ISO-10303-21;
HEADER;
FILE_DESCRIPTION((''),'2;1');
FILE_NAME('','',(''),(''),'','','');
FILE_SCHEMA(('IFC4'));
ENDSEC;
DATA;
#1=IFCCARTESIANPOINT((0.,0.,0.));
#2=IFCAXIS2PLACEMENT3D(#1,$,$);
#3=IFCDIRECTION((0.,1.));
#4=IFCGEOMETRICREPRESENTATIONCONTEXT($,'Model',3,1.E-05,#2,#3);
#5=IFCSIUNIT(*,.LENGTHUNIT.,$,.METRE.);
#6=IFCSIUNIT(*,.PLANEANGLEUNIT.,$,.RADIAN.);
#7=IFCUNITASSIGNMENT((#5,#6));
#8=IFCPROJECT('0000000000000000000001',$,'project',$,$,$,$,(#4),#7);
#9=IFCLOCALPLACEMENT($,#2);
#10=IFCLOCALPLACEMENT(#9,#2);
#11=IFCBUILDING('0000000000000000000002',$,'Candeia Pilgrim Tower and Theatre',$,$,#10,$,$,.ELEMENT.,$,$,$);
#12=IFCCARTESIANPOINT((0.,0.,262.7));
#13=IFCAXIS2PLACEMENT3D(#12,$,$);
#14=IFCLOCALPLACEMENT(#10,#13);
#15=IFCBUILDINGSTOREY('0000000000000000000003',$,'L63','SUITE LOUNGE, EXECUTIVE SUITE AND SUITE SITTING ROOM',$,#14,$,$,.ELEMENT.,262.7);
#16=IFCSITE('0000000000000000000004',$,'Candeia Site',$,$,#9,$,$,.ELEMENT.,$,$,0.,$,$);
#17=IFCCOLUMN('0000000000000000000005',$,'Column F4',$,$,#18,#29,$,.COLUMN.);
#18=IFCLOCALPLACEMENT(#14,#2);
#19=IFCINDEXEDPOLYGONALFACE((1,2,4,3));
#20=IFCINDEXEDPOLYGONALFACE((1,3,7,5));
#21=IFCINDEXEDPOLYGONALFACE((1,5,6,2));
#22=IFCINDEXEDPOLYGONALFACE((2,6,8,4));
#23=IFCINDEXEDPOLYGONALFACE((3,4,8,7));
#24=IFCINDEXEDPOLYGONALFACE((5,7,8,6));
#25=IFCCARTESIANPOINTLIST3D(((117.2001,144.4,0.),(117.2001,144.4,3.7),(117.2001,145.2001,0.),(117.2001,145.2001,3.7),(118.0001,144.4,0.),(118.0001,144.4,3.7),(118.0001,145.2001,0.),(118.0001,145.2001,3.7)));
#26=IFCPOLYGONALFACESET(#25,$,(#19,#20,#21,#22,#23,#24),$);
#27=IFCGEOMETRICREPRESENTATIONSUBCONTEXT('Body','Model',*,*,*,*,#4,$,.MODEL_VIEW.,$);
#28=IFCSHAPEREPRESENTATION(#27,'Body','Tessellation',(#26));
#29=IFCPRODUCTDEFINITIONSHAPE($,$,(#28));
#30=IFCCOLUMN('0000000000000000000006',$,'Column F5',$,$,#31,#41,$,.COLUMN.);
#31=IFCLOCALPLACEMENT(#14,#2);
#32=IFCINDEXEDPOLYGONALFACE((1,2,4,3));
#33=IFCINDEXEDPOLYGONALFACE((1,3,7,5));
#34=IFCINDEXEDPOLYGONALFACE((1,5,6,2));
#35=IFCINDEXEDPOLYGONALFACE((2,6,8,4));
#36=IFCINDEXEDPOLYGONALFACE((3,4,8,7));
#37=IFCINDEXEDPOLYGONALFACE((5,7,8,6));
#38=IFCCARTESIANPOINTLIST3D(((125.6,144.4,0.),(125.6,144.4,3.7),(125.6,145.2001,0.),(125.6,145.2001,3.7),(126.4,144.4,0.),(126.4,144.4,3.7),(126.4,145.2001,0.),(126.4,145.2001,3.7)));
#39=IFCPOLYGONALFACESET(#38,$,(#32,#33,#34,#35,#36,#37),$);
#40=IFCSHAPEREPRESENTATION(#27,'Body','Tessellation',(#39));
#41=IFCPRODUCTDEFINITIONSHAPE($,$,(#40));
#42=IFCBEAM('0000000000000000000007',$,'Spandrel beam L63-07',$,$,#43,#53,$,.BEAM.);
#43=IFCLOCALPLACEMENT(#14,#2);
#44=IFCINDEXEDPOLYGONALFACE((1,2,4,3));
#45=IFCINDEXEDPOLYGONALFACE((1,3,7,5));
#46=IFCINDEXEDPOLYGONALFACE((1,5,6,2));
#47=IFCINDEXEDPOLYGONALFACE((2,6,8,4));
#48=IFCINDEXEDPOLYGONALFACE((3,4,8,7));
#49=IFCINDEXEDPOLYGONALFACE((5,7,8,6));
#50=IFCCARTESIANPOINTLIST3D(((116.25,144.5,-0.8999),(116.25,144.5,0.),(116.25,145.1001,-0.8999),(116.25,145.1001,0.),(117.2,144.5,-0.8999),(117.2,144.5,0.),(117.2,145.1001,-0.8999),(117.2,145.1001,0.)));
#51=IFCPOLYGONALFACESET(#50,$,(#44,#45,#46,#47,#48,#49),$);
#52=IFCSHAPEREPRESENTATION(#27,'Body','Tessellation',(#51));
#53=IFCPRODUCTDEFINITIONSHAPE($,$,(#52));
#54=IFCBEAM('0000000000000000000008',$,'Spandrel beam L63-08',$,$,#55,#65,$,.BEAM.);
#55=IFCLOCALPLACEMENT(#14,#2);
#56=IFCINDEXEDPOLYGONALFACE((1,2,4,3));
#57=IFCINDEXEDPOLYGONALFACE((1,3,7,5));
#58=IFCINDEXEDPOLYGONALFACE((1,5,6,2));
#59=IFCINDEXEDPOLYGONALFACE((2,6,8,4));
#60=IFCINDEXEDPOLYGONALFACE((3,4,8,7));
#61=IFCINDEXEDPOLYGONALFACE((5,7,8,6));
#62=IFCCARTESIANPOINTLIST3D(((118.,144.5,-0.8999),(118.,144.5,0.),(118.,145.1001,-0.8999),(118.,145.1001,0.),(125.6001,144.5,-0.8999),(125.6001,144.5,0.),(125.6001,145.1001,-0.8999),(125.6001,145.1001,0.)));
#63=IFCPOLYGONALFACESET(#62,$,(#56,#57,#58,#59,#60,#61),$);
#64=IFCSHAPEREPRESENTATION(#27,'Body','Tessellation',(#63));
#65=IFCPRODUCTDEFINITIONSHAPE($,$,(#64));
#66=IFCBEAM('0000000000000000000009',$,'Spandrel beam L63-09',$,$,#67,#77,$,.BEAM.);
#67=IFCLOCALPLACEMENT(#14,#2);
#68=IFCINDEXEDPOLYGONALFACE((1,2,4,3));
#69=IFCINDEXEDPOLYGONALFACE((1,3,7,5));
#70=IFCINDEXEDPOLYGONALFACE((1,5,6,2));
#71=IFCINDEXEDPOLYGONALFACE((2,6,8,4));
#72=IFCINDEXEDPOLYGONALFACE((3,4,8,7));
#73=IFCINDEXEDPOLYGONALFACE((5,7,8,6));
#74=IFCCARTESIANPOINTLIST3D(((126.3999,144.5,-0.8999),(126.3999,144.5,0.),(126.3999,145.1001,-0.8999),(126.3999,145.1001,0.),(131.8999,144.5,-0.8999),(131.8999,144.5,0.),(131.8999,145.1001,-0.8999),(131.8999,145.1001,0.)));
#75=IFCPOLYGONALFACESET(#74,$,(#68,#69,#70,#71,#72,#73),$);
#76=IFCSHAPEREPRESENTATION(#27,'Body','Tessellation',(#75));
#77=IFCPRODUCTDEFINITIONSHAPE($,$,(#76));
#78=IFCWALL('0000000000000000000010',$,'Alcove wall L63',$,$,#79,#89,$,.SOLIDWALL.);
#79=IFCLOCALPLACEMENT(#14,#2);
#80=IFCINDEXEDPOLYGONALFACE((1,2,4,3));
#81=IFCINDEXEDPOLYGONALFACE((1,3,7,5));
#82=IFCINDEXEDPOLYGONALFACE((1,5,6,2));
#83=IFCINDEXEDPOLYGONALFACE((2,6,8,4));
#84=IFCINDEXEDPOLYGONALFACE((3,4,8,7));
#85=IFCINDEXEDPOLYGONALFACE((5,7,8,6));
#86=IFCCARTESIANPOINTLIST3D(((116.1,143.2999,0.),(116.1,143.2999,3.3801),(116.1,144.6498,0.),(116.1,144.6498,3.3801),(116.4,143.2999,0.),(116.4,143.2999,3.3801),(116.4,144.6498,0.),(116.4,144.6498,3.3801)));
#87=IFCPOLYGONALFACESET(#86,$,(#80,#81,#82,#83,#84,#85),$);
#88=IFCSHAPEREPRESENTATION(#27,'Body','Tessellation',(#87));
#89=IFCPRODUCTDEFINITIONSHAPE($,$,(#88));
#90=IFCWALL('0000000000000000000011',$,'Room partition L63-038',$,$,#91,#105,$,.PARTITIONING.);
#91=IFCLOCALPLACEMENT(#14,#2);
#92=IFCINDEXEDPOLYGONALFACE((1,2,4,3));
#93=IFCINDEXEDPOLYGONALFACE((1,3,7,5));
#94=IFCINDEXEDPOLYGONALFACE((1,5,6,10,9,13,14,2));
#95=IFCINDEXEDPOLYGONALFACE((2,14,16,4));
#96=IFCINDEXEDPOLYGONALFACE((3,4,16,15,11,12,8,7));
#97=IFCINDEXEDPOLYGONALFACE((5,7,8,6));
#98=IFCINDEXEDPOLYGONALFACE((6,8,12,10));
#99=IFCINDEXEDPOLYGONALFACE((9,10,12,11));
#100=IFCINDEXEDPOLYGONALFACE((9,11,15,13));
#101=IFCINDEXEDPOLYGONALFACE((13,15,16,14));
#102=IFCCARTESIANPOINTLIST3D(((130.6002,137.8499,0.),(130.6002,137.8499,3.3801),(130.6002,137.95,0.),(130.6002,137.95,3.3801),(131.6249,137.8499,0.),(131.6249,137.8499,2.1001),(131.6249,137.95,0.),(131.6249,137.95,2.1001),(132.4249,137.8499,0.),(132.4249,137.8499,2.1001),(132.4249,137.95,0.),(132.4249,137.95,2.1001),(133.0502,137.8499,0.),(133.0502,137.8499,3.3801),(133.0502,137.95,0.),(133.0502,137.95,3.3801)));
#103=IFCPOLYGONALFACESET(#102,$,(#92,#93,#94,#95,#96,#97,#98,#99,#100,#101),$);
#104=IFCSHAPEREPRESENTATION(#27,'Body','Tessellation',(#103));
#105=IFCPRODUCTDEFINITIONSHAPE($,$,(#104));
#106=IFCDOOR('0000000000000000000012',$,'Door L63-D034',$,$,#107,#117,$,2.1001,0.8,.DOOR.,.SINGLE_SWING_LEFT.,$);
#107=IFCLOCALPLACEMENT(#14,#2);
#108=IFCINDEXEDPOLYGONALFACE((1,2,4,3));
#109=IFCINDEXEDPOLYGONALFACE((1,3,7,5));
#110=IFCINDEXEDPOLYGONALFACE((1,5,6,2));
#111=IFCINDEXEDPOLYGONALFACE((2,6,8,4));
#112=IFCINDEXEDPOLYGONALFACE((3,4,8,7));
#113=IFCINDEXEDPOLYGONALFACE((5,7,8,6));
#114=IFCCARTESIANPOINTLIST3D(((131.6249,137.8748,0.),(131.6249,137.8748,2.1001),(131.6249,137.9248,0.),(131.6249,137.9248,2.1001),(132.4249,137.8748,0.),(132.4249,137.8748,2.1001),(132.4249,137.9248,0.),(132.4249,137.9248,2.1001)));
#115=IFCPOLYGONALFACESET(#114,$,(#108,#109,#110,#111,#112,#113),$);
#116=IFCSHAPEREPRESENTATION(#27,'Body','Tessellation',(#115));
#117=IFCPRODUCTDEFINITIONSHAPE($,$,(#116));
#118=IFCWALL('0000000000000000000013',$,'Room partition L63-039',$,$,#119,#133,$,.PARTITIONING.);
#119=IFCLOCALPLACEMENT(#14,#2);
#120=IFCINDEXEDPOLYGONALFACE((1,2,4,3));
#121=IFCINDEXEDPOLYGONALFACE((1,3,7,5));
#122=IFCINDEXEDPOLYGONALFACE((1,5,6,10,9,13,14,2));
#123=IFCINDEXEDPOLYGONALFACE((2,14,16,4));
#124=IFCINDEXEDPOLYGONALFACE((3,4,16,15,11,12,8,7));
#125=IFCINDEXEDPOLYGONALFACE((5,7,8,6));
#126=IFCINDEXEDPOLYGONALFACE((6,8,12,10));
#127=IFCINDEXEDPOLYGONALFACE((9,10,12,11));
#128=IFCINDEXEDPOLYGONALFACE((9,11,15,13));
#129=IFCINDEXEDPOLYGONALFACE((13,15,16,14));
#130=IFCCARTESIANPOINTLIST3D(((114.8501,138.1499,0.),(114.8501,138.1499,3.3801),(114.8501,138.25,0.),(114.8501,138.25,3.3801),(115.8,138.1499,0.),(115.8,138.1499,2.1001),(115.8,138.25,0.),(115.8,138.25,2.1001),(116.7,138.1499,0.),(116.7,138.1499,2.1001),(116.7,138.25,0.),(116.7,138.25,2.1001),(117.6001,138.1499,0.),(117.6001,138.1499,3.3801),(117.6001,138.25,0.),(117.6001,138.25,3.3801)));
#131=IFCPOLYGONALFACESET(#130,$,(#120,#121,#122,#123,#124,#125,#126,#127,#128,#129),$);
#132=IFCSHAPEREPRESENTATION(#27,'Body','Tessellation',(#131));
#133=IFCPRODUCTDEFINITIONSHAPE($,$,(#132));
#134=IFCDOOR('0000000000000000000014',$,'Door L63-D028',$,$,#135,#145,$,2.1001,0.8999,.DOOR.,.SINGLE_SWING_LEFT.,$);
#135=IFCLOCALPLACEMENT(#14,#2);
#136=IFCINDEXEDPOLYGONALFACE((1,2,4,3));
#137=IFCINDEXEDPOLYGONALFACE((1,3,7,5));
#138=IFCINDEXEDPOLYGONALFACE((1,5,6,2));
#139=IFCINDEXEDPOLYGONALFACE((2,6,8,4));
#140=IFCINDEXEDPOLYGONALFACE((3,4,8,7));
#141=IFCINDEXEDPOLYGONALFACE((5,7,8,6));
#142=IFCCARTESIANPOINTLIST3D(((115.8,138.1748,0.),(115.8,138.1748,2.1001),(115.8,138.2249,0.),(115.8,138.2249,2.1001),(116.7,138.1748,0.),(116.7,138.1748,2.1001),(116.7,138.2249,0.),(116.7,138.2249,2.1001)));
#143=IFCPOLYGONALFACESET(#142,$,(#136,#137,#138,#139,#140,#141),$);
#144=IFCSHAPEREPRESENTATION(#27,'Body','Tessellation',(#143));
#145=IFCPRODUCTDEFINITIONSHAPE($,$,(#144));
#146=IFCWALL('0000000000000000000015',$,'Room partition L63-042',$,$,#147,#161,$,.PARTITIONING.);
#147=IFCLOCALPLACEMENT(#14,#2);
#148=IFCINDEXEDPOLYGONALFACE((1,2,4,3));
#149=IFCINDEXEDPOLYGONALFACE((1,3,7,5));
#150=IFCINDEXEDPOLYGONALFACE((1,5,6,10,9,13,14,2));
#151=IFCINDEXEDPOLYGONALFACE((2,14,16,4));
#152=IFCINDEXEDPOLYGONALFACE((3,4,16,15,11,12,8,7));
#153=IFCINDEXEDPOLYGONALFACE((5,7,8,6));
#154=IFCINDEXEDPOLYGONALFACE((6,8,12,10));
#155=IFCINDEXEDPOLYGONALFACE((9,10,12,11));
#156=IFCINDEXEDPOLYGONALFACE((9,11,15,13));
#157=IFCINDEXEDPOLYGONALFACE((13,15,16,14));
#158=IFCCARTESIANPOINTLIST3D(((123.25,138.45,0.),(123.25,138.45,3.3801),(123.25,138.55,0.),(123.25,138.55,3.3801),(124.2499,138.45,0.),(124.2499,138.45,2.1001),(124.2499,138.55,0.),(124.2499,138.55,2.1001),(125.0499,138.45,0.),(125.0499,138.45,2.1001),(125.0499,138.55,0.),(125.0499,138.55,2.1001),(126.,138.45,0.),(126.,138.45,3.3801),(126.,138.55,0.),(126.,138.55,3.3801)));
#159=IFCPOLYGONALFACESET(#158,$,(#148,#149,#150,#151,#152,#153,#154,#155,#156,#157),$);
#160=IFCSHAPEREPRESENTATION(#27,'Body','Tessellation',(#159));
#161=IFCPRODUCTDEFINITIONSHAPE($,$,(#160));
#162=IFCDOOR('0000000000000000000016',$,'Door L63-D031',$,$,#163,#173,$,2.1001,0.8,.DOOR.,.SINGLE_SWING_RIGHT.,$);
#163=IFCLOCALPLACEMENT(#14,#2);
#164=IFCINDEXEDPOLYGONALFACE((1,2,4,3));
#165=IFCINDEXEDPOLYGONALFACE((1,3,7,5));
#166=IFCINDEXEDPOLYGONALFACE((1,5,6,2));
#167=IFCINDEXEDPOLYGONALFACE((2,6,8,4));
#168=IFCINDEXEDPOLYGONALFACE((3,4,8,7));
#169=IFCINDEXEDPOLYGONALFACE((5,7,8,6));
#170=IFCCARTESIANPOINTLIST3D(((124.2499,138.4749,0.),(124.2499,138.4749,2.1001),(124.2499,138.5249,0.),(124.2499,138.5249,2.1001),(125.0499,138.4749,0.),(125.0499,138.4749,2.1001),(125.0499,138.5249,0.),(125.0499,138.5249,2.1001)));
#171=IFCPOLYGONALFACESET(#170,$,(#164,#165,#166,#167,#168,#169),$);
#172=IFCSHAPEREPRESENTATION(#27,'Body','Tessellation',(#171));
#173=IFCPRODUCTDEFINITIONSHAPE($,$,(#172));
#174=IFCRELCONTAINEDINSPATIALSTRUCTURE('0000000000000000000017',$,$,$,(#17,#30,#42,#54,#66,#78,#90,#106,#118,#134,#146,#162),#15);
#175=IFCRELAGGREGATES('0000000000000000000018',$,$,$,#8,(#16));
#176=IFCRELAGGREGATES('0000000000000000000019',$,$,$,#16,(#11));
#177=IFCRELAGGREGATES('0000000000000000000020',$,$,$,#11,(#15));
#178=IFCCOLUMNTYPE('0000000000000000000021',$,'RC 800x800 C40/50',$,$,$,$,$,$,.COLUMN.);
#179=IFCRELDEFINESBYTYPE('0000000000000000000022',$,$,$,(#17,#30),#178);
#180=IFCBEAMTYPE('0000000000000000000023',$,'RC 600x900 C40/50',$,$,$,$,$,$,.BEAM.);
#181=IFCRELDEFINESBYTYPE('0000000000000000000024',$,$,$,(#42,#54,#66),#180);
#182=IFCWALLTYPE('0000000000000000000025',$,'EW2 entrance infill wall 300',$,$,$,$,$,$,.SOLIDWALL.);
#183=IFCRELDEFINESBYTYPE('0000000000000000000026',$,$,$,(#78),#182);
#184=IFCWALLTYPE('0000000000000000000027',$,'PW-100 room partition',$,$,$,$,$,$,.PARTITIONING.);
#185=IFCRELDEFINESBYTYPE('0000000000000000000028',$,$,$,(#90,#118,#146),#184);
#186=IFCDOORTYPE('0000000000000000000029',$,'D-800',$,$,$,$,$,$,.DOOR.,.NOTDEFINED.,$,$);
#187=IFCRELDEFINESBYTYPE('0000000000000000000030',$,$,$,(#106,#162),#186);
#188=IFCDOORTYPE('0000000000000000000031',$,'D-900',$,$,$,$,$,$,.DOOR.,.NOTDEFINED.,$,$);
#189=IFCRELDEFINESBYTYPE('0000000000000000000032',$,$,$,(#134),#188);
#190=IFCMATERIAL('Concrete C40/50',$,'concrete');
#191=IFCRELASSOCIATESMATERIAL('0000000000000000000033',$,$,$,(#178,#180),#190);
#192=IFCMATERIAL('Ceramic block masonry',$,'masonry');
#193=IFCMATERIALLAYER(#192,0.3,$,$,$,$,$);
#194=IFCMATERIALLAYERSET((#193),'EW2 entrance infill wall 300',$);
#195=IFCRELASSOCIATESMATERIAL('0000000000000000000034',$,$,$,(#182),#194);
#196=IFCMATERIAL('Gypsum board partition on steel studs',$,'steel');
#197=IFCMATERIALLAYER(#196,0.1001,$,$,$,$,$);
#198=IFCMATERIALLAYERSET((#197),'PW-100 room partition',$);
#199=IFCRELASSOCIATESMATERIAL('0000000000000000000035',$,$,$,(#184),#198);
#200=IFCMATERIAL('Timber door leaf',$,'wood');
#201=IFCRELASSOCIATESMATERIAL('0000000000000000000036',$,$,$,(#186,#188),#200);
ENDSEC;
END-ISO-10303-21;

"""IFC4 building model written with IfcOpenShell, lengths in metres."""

from ifc_helpers import new_model, si_unit, direction, frame, frame_2d, origin, origin_2d, place, context, subcontext, project, spatial, rectangle, extrude, material, layer, layer_set, material_profile, profile_set, type_object, element, fill, save


model = new_model("IFC4")

# Units and contexts
model_context = context("Model", 3, precision=1e-05, world=origin(), true_north=direction((0.0, 1.0)))
body_context = subcontext(model_context, "Body", "Model", "MODEL_VIEW")
ifc_project = project(units=[si_unit("LENGTHUNIT", "METRE"), si_unit("PLANEANGLEUNIT", "RADIAN")], contexts=[model_context])

# Site, building, storey
site_placement = place(None, origin())
site = spatial("IfcSite", under=ifc_project, at=site_placement, Name="Candeia Site", CompositionType="ELEMENT", RefElevation=0.0)
building_placement = place(site_placement, origin())
building = spatial("IfcBuilding", under=site, at=building_placement, Name="Candeia Pilgrim Tower and Theatre", CompositionType="ELEMENT")
storey_placement = place(building_placement, frame((0.0, 0.0, 262.7)))
storey = spatial("IfcBuildingStorey", under=building, at=storey_placement, Name="L63", Description="SUITE LOUNGE, EXECUTIVE SUITE AND SUITE SITTING ROOM", CompositionType="ELEMENT", Elevation=262.7)

# Columns
ifc_material_1 = material(Name="Concrete C40/50", Category="concrete")
ifc_material_profile_1 = material_profile(ifc_material_1, rectangle(XDim=0.8, YDim=0.8, at=origin_2d()))
ifc_profile_set_1 = profile_set([ifc_material_profile_1], Name="Concrete C40/50")
column_type = type_object("IfcColumnType", Name="RC 800x800 C40/50", PredefinedType="COLUMN", material=ifc_profile_set_1)
for number, where, z_axis, x_axis, name in (
    (1, (117.6001, 144.8, 0.0), (0.0, 0.0, 1.0), (1.0, 0.0, 0.0), "Column F4"),
    (2, (126.0, 144.8, 0.0), (0.0, 0.0, 1.0), (1.0, 0.0, 0.0), "Column F5"),
):
    element("IfcColumn", number, at=place(storey_placement, frame(where, z_axis=z_axis, x_axis=x_axis)), inside=storey, type_object=column_type, Name=name, PredefinedType="COLUMN", context=body_context, shape_type="SweptSolid", body=[
        extrude(rectangle(XDim=0.8, YDim=0.8, at=origin_2d()), origin(), (0.0, 0.0, 1.0), 3.7),
    ])

# Beams
ifc_material_profile_2 = material_profile(ifc_material_1, rectangle(XDim=0.6001, YDim=0.8999, at=origin_2d()))
ifc_profile_set_2 = profile_set([ifc_material_profile_2], Name="Concrete C40/50")
beam_type = type_object("IfcBeamType", Name="RC 600x900 C40/50", PredefinedType="BEAM", material=ifc_profile_set_2)
beam_1_placement = place(storey_placement, frame((116.25, 144.8, -0.45), z_axis=(1.0, 0.0, 0.0), x_axis=(0.0, 1.0, 0.0)))
element("IfcBeam", 3, at=beam_1_placement, inside=storey, type_object=beam_type, Name="Spandrel beam L63-07", PredefinedType="BEAM", context=body_context, shape_type="SweptSolid", body=[
    extrude(rectangle(XDim=0.6001, YDim=0.8999, at=origin_2d()), origin(), (0.0, 0.0, 1.0), 0.95),
])
beam_2_placement = place(storey_placement, frame((118.0, 144.8, -0.45), z_axis=(1.0, 0.0, 0.0), x_axis=(0.0, 1.0, 0.0)))
element("IfcBeam", 4, at=beam_2_placement, inside=storey, type_object=beam_type, Name="Spandrel beam L63-08", PredefinedType="BEAM", context=body_context, shape_type="SweptSolid", body=[
    extrude(rectangle(XDim=0.6001, YDim=0.8999, at=origin_2d()), origin(), (0.0, 0.0, 1.0), 7.6001),
])
beam_3_placement = place(storey_placement, frame((126.3999, 144.8, -0.45), z_axis=(1.0, 0.0, 0.0), x_axis=(0.0, 1.0, 0.0)))
element("IfcBeam", 5, at=beam_3_placement, inside=storey, type_object=beam_type, Name="Spandrel beam L63-09", PredefinedType="BEAM", context=body_context, shape_type="SweptSolid", body=[
    extrude(rectangle(XDim=0.6001, YDim=0.8999, at=origin_2d()), origin(), (0.0, 0.0, 1.0), 5.5),
])

# Wall
ifc_material_2 = material(Name="Ceramic block masonry", Category="masonry")
ifc_layer_1 = layer(ifc_material_2, 0.3)
ifc_layer_set_1 = layer_set([ifc_layer_1], Name="EW2 entrance infill wall 300")
wall_type_1 = type_object("IfcWallType", Name="EW2 entrance infill wall 300", PredefinedType="SOLIDWALL", material=ifc_layer_set_1)
wall_1_placement = place(storey_placement, frame((116.25, 143.3, 0.0), z_axis=(0.0, 0.0, 1.0), x_axis=(0.0, 1.0, 0.0)))
element("IfcWall", 6, at=wall_1_placement, inside=storey, type_object=wall_type_1, Name="Alcove wall L63", PredefinedType="SOLIDWALL", context=body_context, shape_type="SweptSolid", body=[
    extrude(rectangle(XDim=1.3499, YDim=0.3, at=frame_2d((0.6748, 0.0))), origin(), (0.0, 0.0, 1.0), 3.3801),
])

# Walls, openings, doors
ifc_material_3 = material(Name="Gypsum board partition on steel studs", Category="steel")
ifc_layer_2 = layer(ifc_material_3, 0.1001)
ifc_layer_set_2 = layer_set([ifc_layer_2], Name="PW-100 room partition")
wall_type_2 = type_object("IfcWallType", Name="PW-100 room partition", PredefinedType="PARTITIONING", material=ifc_layer_set_2)
wall_2_placement = place(storey_placement, frame((130.6001, 137.8999, 0.0), z_axis=(0.0, 0.0, 1.0), x_axis=(1.0, 0.0, 0.0)))
wall_2 = element("IfcWall", 7, at=wall_2_placement, inside=storey, type_object=wall_type_2, Name="Room partition L63-038", PredefinedType="PARTITIONING", context=body_context, shape_type="SweptSolid", body=[
    extrude(rectangle(XDim=2.45, YDim=0.1001, at=frame_2d((1.2251, 0.0))), origin(), (0.0, 0.0, 1.0), 3.3801),
])
opening_1_placement = place(wall_2_placement, frame((1.0249, 0.0, 0.0)))
opening_1 = element("IfcOpeningElement", 8, at=opening_1_placement, cuts=wall_2, PredefinedType="OPENING", context=body_context, shape_type="SweptSolid", body=[
    extrude(rectangle(XDim=0.8, YDim=2.1001, at=frame_2d((0.3999, 1.05))), frame((0.0, 0.0601, 0.0), z_axis=(0.0, -1.0, 0.0), x_axis=(1.0, 0.0, 0.0)), (0.0, 0.0, 1.0), 0.1201),
])
ifc_material_4 = material(Name="Timber door leaf", Category="wood")
door_type_1 = type_object("IfcDoorType", Name="D-800", OperationType="NOTDEFINED", PredefinedType="DOOR", material=ifc_material_4)
door_1_placement = place(opening_1_placement, origin())
door_1 = element("IfcDoor", 9, at=door_1_placement, inside=storey, type_object=door_type_1, Name="Door L63-D034", OperationType="SINGLE_SWING_LEFT", OverallHeight=2.1001, OverallWidth=0.8, PredefinedType="DOOR", context=body_context, shape_type="SweptSolid", body=[
    extrude(rectangle(XDim=0.8, YDim=2.1001, at=frame_2d((0.3999, 1.05))), frame((0.0, 0.0249, 0.0), z_axis=(0.0, -1.0, 0.0), x_axis=(1.0, 0.0, 0.0)), (0.0, 0.0, 1.0), 0.05),
])
fill(opening_1, door_1)
wall_3_placement = place(storey_placement, frame((114.8501, 138.2, 0.0), z_axis=(0.0, 0.0, 1.0), x_axis=(1.0, 0.0, 0.0)))
wall_3 = element("IfcWall", 10, at=wall_3_placement, inside=storey, type_object=wall_type_2, Name="Room partition L63-039", PredefinedType="PARTITIONING", context=body_context, shape_type="SweptSolid", body=[
    extrude(rectangle(XDim=2.75, YDim=0.1001, at=frame_2d((1.375, 0.0))), origin(), (0.0, 0.0, 1.0), 3.3801),
])
opening_2_placement = place(wall_3_placement, frame((0.95, 0.0, 0.0)))
opening_2 = element("IfcOpeningElement", 11, at=opening_2_placement, cuts=wall_3, PredefinedType="OPENING", context=body_context, shape_type="SweptSolid", body=[
    extrude(rectangle(XDim=0.8999, YDim=2.1001, at=frame_2d((0.45, 1.05))), frame((0.0, 0.0601, 0.0), z_axis=(0.0, -1.0, 0.0), x_axis=(1.0, 0.0, 0.0)), (0.0, 0.0, 1.0), 0.1201),
])
door_type_2 = type_object("IfcDoorType", Name="D-900", OperationType="NOTDEFINED", PredefinedType="DOOR", material=ifc_material_4)
door_2_placement = place(opening_2_placement, origin())
door_2 = element("IfcDoor", 12, at=door_2_placement, inside=storey, type_object=door_type_2, Name="Door L63-D028", OperationType="SINGLE_SWING_LEFT", OverallHeight=2.1001, OverallWidth=0.8999, PredefinedType="DOOR", context=body_context, shape_type="SweptSolid", body=[
    extrude(rectangle(XDim=0.8999, YDim=2.1001, at=frame_2d((0.45, 1.05))), frame((0.0, 0.0249, 0.0), z_axis=(0.0, -1.0, 0.0), x_axis=(1.0, 0.0, 0.0)), (0.0, 0.0, 1.0), 0.05),
])
fill(opening_2, door_2)
wall_4_placement = place(storey_placement, frame((123.25, 138.5, 0.0), z_axis=(0.0, 0.0, 1.0), x_axis=(1.0, 0.0, 0.0)))
wall_4 = element("IfcWall", 13, at=wall_4_placement, inside=storey, type_object=wall_type_2, Name="Room partition L63-042", PredefinedType="PARTITIONING", context=body_context, shape_type="SweptSolid", body=[
    extrude(rectangle(XDim=2.75, YDim=0.1001, at=frame_2d((1.375, 0.0))), origin(), (0.0, 0.0, 1.0), 3.3801),
])
opening_3_placement = place(wall_4_placement, frame((1.0, 0.0, 0.0)))
opening_3 = element("IfcOpeningElement", 14, at=opening_3_placement, cuts=wall_4, PredefinedType="OPENING", context=body_context, shape_type="SweptSolid", body=[
    extrude(rectangle(XDim=0.8, YDim=2.1001, at=frame_2d((0.3999, 1.05))), frame((0.0, 0.0601, 0.0), z_axis=(0.0, -1.0, 0.0), x_axis=(1.0, 0.0, 0.0)), (0.0, 0.0, 1.0), 0.1201),
])
door_3_placement = place(opening_3_placement, origin())
door_3 = element("IfcDoor", 15, at=door_3_placement, inside=storey, type_object=door_type_1, Name="Door L63-D031", OperationType="SINGLE_SWING_RIGHT", OverallHeight=2.1001, OverallWidth=0.8, PredefinedType="DOOR", context=body_context, shape_type="SweptSolid", body=[
    extrude(rectangle(XDim=0.8, YDim=2.1001, at=frame_2d((0.3999, 1.05))), frame((0.0, 0.0249, 0.0), z_axis=(0.0, -1.0, 0.0), x_axis=(1.0, 0.0, 0.0)), (0.0, 0.0, 1.0), 0.05),
])
fill(opening_3, door_3)

save(model, "model.ifc")
